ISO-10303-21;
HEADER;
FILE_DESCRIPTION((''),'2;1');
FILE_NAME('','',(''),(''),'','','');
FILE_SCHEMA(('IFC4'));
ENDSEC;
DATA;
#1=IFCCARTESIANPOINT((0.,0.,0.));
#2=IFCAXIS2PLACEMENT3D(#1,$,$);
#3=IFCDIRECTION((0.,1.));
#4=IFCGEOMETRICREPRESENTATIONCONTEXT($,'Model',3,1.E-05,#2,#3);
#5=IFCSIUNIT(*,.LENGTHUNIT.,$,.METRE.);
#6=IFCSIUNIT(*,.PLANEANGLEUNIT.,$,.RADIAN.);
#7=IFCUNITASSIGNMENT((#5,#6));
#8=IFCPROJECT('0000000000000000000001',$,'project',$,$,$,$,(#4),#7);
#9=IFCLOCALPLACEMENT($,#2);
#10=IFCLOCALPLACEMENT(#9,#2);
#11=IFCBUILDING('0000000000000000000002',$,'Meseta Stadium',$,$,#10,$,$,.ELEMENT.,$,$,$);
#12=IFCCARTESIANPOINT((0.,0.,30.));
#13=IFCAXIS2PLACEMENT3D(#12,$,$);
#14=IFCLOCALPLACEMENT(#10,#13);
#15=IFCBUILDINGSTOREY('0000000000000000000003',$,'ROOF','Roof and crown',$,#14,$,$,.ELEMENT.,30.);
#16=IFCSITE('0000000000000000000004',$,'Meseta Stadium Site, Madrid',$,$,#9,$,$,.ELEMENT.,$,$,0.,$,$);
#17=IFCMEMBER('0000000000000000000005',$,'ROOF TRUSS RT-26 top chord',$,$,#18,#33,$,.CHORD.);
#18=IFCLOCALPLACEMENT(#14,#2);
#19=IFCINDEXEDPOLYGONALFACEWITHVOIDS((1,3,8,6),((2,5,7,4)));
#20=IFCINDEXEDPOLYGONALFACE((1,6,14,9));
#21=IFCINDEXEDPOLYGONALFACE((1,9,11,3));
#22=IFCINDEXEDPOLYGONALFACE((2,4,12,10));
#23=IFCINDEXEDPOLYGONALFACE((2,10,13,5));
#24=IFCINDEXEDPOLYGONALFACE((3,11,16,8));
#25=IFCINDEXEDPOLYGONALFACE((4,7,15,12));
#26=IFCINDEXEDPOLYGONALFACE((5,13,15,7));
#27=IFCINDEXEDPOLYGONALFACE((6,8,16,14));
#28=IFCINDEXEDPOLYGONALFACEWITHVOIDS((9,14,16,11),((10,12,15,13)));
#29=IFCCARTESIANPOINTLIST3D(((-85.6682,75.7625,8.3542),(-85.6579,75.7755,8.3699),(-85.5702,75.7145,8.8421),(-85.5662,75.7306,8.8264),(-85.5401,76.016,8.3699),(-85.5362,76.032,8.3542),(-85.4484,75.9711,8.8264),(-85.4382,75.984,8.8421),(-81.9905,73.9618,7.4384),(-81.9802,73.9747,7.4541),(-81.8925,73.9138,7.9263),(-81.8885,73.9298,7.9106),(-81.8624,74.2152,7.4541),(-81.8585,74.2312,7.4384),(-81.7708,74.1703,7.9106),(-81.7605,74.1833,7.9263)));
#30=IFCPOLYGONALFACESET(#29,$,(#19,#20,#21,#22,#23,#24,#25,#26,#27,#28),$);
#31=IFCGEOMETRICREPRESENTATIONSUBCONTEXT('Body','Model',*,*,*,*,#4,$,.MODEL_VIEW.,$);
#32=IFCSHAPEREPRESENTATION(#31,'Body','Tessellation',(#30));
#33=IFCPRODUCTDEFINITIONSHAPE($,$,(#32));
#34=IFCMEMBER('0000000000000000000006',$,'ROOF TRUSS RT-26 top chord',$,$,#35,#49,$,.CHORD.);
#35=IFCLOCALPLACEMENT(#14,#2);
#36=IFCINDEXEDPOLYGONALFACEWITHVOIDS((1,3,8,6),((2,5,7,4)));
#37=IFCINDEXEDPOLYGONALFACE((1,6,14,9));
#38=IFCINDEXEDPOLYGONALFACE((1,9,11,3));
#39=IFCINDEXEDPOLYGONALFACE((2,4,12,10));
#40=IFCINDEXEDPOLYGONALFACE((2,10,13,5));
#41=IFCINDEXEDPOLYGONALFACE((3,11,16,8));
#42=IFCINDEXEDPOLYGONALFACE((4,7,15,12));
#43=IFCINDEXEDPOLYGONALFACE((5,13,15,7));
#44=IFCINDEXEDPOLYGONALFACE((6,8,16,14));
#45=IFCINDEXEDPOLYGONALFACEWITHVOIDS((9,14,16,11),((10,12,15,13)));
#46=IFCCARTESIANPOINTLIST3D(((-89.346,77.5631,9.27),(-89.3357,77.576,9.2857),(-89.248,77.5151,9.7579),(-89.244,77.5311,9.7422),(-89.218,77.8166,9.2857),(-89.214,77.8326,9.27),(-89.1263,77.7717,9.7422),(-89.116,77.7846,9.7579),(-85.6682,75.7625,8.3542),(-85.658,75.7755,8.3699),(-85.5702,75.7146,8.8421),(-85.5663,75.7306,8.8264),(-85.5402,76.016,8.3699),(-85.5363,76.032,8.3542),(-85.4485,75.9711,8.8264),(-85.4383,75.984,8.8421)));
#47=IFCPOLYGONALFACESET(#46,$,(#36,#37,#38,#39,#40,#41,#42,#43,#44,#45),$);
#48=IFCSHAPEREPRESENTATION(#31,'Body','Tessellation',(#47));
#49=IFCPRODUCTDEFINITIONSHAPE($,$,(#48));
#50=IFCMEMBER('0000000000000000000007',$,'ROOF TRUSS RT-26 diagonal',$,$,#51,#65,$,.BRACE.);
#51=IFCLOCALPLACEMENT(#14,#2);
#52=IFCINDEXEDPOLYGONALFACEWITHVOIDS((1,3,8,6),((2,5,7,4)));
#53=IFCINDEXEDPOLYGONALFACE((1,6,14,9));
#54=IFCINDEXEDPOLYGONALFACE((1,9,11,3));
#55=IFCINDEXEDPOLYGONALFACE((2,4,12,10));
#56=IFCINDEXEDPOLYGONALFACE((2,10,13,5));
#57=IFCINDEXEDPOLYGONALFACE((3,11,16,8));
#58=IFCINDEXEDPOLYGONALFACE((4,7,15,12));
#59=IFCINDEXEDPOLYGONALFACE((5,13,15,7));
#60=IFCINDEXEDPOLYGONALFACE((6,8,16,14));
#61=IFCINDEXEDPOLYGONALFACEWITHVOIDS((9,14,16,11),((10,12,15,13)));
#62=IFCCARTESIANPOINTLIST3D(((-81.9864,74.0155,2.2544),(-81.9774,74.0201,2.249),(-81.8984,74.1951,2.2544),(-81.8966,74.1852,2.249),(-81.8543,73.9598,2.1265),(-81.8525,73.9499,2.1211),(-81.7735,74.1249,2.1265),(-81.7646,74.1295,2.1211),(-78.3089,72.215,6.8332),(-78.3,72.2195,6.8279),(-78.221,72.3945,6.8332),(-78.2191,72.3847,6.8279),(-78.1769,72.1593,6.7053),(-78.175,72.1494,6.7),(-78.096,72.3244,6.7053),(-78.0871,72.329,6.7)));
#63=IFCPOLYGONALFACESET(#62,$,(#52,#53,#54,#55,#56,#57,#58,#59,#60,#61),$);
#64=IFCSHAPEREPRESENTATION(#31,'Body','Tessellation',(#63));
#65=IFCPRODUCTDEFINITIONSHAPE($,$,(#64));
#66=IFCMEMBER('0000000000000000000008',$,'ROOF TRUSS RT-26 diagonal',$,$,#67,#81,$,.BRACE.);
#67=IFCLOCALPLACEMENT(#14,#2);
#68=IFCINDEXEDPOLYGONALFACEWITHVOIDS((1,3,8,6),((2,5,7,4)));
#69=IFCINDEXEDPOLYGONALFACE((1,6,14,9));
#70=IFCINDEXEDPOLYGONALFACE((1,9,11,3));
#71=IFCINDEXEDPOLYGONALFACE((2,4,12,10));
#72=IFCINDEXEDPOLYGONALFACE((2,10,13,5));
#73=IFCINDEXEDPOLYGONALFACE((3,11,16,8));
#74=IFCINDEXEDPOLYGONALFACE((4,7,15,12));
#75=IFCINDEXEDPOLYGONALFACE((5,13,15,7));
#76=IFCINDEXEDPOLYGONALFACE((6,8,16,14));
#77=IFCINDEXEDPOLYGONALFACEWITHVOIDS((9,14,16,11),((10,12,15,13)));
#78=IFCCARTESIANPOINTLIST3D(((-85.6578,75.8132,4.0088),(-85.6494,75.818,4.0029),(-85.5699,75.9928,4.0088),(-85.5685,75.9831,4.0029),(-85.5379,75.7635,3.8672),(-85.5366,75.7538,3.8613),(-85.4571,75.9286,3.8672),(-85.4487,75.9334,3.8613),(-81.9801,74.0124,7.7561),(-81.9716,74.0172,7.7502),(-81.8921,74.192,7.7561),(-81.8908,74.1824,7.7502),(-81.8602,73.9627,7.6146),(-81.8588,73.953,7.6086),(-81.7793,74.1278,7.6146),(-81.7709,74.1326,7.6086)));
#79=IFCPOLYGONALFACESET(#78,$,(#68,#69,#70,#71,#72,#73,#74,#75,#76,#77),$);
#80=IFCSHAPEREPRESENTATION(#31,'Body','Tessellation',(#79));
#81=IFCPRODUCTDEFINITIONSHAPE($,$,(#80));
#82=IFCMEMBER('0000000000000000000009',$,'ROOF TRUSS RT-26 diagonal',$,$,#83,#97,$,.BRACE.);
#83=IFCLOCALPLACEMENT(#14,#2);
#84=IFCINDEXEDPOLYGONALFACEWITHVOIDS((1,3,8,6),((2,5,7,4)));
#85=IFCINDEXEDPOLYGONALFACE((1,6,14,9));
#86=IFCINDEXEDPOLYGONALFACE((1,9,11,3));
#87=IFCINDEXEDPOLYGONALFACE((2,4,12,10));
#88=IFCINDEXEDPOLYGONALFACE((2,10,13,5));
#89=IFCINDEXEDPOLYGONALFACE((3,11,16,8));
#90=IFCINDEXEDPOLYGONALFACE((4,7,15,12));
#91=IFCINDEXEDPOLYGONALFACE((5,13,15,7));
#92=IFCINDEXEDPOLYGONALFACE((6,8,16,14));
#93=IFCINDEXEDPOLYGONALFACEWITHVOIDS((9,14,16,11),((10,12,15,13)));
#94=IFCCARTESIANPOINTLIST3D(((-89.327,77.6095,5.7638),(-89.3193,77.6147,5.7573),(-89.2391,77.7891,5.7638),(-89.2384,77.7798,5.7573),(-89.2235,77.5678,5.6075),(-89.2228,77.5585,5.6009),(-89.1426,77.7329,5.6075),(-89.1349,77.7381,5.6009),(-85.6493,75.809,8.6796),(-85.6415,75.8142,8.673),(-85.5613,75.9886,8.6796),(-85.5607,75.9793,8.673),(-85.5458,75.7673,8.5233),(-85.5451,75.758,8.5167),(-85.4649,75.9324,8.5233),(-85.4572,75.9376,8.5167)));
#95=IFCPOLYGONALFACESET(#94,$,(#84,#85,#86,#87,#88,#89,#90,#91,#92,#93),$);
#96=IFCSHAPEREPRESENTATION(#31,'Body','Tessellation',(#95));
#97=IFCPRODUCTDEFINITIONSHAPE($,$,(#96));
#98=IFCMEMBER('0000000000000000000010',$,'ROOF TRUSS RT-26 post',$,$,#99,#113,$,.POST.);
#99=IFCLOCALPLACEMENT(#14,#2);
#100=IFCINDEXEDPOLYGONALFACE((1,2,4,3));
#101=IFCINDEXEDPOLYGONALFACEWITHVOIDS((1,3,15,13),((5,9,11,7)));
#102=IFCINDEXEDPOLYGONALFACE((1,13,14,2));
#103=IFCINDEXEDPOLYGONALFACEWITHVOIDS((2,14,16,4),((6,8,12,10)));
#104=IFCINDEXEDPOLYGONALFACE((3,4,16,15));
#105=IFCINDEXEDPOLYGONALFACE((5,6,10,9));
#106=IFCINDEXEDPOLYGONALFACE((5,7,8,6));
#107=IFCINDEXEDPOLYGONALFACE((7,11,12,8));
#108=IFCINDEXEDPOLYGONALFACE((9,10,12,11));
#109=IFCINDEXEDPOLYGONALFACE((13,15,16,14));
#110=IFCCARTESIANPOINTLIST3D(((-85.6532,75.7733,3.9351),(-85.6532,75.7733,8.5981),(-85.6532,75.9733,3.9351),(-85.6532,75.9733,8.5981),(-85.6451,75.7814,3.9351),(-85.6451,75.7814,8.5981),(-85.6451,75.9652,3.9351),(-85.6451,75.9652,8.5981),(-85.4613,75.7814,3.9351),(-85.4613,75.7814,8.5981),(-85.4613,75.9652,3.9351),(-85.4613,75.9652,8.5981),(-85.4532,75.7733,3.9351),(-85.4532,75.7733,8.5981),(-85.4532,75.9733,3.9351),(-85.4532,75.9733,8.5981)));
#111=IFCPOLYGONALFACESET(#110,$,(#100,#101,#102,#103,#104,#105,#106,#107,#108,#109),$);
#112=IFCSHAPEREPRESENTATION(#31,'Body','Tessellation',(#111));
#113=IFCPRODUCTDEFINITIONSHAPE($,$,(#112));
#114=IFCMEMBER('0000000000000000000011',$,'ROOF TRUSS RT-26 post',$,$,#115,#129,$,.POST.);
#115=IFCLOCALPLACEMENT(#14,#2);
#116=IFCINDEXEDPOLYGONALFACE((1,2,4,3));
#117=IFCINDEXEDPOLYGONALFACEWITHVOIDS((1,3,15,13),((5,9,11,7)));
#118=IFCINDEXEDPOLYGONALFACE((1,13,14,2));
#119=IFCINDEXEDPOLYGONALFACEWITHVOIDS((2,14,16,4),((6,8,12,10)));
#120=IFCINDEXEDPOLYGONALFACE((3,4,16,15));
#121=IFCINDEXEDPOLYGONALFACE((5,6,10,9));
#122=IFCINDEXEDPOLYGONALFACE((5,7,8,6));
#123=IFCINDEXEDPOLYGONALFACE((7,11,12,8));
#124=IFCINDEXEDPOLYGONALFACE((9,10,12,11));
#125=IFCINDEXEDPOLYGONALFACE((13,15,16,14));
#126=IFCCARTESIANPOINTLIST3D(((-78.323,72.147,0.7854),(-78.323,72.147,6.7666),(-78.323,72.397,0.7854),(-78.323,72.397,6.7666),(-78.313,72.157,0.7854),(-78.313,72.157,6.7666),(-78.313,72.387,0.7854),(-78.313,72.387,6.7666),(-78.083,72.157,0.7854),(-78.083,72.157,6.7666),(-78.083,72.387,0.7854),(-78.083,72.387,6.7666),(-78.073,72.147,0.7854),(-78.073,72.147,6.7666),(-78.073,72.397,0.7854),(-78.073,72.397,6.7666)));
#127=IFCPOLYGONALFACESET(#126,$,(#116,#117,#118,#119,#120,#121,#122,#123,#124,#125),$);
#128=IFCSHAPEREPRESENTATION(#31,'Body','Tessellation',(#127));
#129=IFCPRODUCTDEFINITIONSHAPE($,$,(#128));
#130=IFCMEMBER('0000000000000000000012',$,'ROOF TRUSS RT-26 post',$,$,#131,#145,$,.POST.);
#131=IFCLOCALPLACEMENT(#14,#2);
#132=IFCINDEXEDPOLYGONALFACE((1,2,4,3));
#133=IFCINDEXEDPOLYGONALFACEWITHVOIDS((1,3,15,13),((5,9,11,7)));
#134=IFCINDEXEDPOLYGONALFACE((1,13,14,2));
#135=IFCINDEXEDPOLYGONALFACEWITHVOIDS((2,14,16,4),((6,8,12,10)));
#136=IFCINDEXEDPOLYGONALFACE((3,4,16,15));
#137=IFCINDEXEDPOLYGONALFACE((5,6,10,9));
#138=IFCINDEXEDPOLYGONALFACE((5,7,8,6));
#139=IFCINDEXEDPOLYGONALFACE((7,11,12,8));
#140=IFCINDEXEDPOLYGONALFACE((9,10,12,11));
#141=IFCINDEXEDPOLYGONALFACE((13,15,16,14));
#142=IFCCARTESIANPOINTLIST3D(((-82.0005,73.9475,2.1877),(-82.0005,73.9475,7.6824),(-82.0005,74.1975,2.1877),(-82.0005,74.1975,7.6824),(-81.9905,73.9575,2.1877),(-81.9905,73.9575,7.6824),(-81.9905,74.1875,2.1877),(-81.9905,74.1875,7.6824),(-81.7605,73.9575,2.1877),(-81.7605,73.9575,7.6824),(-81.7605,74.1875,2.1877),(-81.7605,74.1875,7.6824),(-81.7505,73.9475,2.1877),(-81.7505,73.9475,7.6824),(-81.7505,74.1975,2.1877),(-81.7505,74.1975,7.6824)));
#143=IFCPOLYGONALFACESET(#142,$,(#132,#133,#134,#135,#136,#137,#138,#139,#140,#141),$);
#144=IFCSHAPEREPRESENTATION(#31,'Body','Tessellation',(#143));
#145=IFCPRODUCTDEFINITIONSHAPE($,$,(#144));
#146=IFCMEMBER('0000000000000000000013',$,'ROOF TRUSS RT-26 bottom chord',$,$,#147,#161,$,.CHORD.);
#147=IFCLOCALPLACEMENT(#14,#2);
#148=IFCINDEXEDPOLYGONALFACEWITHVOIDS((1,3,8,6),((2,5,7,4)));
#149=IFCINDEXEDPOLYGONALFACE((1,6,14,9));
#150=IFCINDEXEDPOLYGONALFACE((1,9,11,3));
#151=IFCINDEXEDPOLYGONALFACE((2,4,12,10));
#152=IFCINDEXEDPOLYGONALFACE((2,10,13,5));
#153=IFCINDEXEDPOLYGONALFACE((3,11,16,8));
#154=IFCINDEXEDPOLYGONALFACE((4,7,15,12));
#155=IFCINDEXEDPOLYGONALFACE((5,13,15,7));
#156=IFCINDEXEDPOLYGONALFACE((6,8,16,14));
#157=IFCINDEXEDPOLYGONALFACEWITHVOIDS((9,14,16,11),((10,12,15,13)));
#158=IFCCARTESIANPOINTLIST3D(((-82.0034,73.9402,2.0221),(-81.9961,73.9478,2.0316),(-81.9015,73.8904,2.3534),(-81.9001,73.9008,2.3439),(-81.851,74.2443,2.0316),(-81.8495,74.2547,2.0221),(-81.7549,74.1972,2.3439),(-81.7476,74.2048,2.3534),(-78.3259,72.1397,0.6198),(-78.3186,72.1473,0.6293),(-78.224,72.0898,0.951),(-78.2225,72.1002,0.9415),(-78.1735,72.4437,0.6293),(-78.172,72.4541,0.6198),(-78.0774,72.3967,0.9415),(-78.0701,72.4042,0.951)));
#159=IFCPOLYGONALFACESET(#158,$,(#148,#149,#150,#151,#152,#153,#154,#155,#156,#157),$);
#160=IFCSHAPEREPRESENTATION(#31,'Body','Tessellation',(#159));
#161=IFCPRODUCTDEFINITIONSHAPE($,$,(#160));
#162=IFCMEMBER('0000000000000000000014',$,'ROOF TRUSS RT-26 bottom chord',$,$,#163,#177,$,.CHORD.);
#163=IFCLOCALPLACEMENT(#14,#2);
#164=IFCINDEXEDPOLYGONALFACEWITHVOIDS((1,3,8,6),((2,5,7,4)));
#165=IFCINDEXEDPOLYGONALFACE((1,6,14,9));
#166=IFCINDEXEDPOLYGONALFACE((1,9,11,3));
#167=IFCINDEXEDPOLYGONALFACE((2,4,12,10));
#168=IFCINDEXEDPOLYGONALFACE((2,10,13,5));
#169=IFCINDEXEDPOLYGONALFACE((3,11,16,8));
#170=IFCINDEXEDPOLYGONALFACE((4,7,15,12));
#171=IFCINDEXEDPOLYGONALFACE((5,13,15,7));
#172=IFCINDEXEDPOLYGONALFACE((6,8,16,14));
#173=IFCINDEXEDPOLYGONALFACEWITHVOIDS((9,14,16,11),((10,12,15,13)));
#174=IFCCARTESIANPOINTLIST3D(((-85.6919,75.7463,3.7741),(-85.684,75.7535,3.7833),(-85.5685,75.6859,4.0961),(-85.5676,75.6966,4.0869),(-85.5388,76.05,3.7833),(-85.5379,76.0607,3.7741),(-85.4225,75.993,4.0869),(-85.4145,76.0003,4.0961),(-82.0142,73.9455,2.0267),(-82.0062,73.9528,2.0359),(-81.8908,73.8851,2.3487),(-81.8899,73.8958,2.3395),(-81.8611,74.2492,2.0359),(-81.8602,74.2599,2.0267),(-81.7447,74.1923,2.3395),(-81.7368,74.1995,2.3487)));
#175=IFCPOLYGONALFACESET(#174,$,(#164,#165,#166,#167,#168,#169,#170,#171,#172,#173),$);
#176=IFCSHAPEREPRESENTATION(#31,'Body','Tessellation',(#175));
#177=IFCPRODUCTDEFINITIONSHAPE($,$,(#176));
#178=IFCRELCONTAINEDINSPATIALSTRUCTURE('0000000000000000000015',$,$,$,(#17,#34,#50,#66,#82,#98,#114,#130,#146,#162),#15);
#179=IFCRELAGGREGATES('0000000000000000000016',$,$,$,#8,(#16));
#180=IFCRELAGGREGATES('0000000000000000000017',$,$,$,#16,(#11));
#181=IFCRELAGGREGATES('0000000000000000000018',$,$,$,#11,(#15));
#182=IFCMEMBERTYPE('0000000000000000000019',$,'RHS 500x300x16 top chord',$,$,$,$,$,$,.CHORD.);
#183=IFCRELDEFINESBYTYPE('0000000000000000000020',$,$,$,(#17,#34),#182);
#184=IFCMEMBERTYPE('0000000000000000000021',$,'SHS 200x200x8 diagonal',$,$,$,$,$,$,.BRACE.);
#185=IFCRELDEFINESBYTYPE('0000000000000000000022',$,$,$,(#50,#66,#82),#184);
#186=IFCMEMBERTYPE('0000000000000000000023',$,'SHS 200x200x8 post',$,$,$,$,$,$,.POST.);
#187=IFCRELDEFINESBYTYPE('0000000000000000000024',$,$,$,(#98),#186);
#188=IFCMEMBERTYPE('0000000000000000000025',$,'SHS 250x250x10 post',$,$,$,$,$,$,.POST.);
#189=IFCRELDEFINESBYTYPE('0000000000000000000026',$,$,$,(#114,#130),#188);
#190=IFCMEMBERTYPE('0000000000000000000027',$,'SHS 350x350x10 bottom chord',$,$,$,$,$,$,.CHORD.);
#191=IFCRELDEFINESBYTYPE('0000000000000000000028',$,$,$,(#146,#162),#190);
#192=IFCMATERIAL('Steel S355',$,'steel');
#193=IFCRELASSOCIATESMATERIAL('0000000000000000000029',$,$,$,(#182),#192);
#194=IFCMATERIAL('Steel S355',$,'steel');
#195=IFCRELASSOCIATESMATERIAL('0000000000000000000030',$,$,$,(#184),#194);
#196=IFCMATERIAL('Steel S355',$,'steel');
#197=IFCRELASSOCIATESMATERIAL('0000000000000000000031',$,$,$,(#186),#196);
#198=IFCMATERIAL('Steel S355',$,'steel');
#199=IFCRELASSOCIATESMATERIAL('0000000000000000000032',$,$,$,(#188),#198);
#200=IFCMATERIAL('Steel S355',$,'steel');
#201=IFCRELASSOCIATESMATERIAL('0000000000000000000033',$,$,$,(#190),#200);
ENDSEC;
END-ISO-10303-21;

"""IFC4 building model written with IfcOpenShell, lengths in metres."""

from ifc_helpers import new_model, si_unit, direction, frame, origin, origin_2d, place, context, subcontext, project, spatial, hollow_rectangle, extrude, material, material_profile, profile_set, type_object, element, save


model = new_model("IFC4")

# Units and contexts
model_context = context("Model", 3, precision=1e-05, world=origin(), true_north=direction((0.0, 1.0)))
body_context = subcontext(model_context, "Body", "Model", "MODEL_VIEW")
ifc_project = project(units=[si_unit("LENGTHUNIT", "METRE"), si_unit("PLANEANGLEUNIT", "RADIAN")], contexts=[model_context])

# Site, building, storey
site_placement = place(None, origin())
site = spatial("IfcSite", under=ifc_project, at=site_placement, Name="Meseta Stadium Site, Madrid", CompositionType="ELEMENT", RefElevation=0.0)
building_placement = place(site_placement, origin())
building = spatial("IfcBuilding", under=site, at=building_placement, Name="Meseta Stadium", CompositionType="ELEMENT")
storey_placement = place(building_placement, frame((0.0, 0.0, 30.0)))
storey = spatial("IfcBuildingStorey", under=building, at=storey_placement, Name="ROOF", Description="Roof and crown", CompositionType="ELEMENT", Elevation=30.0)

# Members
ifc_material_1 = material(Name="Steel S355", Category="steel")
ifc_material_profile_1 = material_profile(ifc_material_1, hollow_rectangle(XDim=0.3, YDim=0.5, WallThickness=0.0161, at=origin_2d()), Name="RHS 500x300x16")
ifc_profile_set_1 = profile_set([ifc_material_profile_1], Name="Steel S355")
member_type_1 = type_object("IfcMemberType", Name="RHS 500x300x16 top chord", PredefinedType="CHORD", material=ifc_profile_set_1)
for number, where, z_axis, x_axis, name in (
    (1, (-81.8755, 74.0725, 7.6824), (-0.876467, 0.429157, 0.218244), (-0.439758, -0.898117, 0.0), "ROOF TRUSS RT-26 top chord"),
    (2, (-85.5532, 75.8733, 8.5981), (-0.876489, 0.429109, 0.218249), (-0.439709, -0.89814, 0.0), "ROOF TRUSS RT-26 top chord"),
):
    element("IfcMember", number, at=place(storey_placement, frame(where, z_axis=z_axis, x_axis=x_axis)), inside=storey, type_object=member_type_1, Name=name, PredefinedType="CHORD", context=body_context, shape_type="SweptSolid", body=[
        extrude(hollow_rectangle(XDim=0.3, YDim=0.5, WallThickness=0.0161, at=origin_2d()), origin(), (0.0, 0.0, 1.0), 4.196),
    ])
ifc_material_2 = material(Name="Steel S355", Category="steel")
ifc_material_profile_2 = material_profile(ifc_material_2, hollow_rectangle(XDim=0.2, YDim=0.2, WallThickness=0.0081, at=origin_2d()), Name="SHS 200x200x8")
ifc_profile_set_2 = profile_set([ifc_material_profile_2], Name="Steel S355")
member_type_2 = type_object("IfcMemberType", Name="SHS 200x200x8 diagonal", PredefinedType="BRACE", material=ifc_profile_set_2)
member_1_placement = place(storey_placement, frame((-78.198, 72.272, 6.7666), z_axis=(-0.598684, 0.293122, -0.745424), x_axis=(-0.439733, -0.898129, 0.0)))
element("IfcMember", 3, at=member_1_placement, inside=storey, type_object=member_type_2, Name="ROOF TRUSS RT-26 diagonal", PredefinedType="BRACE", context=body_context, shape_type="SweptSolid", body=[
    extrude(hollow_rectangle(XDim=0.2, YDim=0.2, WallThickness=0.0081, at=origin_2d()), origin(), (0.0, 0.0, 1.0), 6.1426),
])
member_2_placement = place(storey_placement, frame((-81.8755, 74.0725, 7.6824), z_axis=(-0.662564, 0.324421, -0.6751), x_axis=(-0.439758, -0.898117, 0.0)))
element("IfcMember", 4, at=member_2_placement, inside=storey, type_object=member_type_2, Name="ROOF TRUSS RT-26 diagonal", PredefinedType="BRACE", context=body_context, shape_type="SweptSolid", body=[
    extrude(hollow_rectangle(XDim=0.2, YDim=0.2, WallThickness=0.0081, at=origin_2d()), origin(), (0.0, 0.0, 1.0), 5.5508),
])
member_3_placement = place(storey_placement, frame((-85.5532, 75.8733, 8.5981), z_axis=(-0.731616, 0.358183, -0.580038), x_axis=(-0.439709, -0.89814, 0.0)))
element("IfcMember", 5, at=member_3_placement, inside=storey, type_object=member_type_2, Name="ROOF TRUSS RT-26 diagonal", PredefinedType="BRACE", context=body_context, shape_type="SweptSolid", body=[
    extrude(hollow_rectangle(XDim=0.2, YDim=0.2, WallThickness=0.0081, at=origin_2d()), origin(), (0.0, 0.0, 1.0), 5.0269),
])
ifc_material_3 = material(Name="Steel S355", Category="steel")
ifc_material_profile_3 = material_profile(ifc_material_3, hollow_rectangle(XDim=0.2, YDim=0.2, WallThickness=0.0081, at=origin_2d()), Name="SHS 200x200x8")
ifc_profile_set_3 = profile_set([ifc_material_profile_3], Name="Steel S355")
member_type_3 = type_object("IfcMemberType", Name="SHS 200x200x8 post", PredefinedType="POST", material=ifc_profile_set_3)
member_4_placement = place(storey_placement, frame((-85.5532, 75.8733, 3.9351), z_axis=(0.0, 0.0, 1.0), x_axis=(1.0, 0.0, 0.0)))
element("IfcMember", 6, at=member_4_placement, inside=storey, type_object=member_type_3, Name="ROOF TRUSS RT-26 post", PredefinedType="POST", context=body_context, shape_type="SweptSolid", body=[
    extrude(hollow_rectangle(XDim=0.2, YDim=0.2, WallThickness=0.0081, at=origin_2d()), origin(), (0.0, 0.0, 1.0), 4.6631),
])
ifc_material_4 = material(Name="Steel S355", Category="steel")
ifc_material_profile_4 = material_profile(ifc_material_4, hollow_rectangle(XDim=0.25, YDim=0.25, WallThickness=0.01, at=origin_2d()), Name="SHS 250x250x10")
ifc_profile_set_4 = profile_set([ifc_material_profile_4], Name="Steel S355")
member_type_4 = type_object("IfcMemberType", Name="SHS 250x250x10 post", PredefinedType="POST", material=ifc_profile_set_4)
member_5_placement = place(storey_placement, frame((-78.198, 72.272, 0.7854), z_axis=(0.0, 0.0, 1.0), x_axis=(1.0, 0.0, 0.0)))
element("IfcMember", 7, at=member_5_placement, inside=storey, type_object=member_type_4, Name="ROOF TRUSS RT-26 post", PredefinedType="POST", context=body_context, shape_type="SweptSolid", body=[
    extrude(hollow_rectangle(XDim=0.25, YDim=0.25, WallThickness=0.01, at=origin_2d()), origin(), (0.0, 0.0, 1.0), 5.9812),
])
member_6_placement = place(storey_placement, frame((-81.8755, 74.0725, 2.1877), z_axis=(0.0, 0.0, 1.0), x_axis=(1.0, 0.0, 0.0)))
element("IfcMember", 8, at=member_6_placement, inside=storey, type_object=member_type_4, Name="ROOF TRUSS RT-26 post", PredefinedType="POST", context=body_context, shape_type="SweptSolid", body=[
    extrude(hollow_rectangle(XDim=0.25, YDim=0.25, WallThickness=0.01, at=origin_2d()), origin(), (0.0, 0.0, 1.0), 5.4946),
])
ifc_material_5 = material(Name="Steel S355", Category="steel")
ifc_material_profile_5 = material_profile(ifc_material_5, hollow_rectangle(XDim=0.3501, YDim=0.3501, WallThickness=0.01, at=origin_2d()), Name="SHS 350x350x10")
ifc_profile_set_5 = profile_set([ifc_material_profile_5], Name="Steel S355")
member_type_5 = type_object("IfcMemberType", Name="SHS 350x350x10 bottom chord", PredefinedType="CHORD", material=ifc_profile_set_5)
member_7_placement = place(storey_placement, frame((-78.198, 72.272, 0.7854), z_axis=(-0.849678, 0.416011, 0.324009), x_axis=(-0.439733, -0.898129, 0.0)))
element("IfcMember", 9, at=member_7_placement, inside=storey, type_object=member_type_5, Name="ROOF TRUSS RT-26 bottom chord", PredefinedType="CHORD", context=body_context, shape_type="SweptSolid", body=[
    extrude(hollow_rectangle(XDim=0.3501, YDim=0.3501, WallThickness=0.01, at=origin_2d()), origin(), (0.0, 0.0, 1.0), 4.3281),
])
for number, where, z_axis, x_axis, name in (
    (10, (-81.8755, 74.0725, 2.1877), (-0.826058, 0.404474, 0.392465), (-0.439758, -0.898117, 0.0), "ROOF TRUSS RT-26 bottom chord"),
):
    element("IfcMember", number, at=place(storey_placement, frame(where, z_axis=z_axis, x_axis=x_axis)), inside=storey, type_object=member_type_5, Name=name, PredefinedType="CHORD", context=body_context, shape_type="SweptSolid", body=[
        extrude(hollow_rectangle(XDim=0.3501, YDim=0.3501, WallThickness=0.01, at=origin_2d()), origin(), (0.0, 0.0, 1.0), 4.4521),
    ])

save(model, "model.ifc")
